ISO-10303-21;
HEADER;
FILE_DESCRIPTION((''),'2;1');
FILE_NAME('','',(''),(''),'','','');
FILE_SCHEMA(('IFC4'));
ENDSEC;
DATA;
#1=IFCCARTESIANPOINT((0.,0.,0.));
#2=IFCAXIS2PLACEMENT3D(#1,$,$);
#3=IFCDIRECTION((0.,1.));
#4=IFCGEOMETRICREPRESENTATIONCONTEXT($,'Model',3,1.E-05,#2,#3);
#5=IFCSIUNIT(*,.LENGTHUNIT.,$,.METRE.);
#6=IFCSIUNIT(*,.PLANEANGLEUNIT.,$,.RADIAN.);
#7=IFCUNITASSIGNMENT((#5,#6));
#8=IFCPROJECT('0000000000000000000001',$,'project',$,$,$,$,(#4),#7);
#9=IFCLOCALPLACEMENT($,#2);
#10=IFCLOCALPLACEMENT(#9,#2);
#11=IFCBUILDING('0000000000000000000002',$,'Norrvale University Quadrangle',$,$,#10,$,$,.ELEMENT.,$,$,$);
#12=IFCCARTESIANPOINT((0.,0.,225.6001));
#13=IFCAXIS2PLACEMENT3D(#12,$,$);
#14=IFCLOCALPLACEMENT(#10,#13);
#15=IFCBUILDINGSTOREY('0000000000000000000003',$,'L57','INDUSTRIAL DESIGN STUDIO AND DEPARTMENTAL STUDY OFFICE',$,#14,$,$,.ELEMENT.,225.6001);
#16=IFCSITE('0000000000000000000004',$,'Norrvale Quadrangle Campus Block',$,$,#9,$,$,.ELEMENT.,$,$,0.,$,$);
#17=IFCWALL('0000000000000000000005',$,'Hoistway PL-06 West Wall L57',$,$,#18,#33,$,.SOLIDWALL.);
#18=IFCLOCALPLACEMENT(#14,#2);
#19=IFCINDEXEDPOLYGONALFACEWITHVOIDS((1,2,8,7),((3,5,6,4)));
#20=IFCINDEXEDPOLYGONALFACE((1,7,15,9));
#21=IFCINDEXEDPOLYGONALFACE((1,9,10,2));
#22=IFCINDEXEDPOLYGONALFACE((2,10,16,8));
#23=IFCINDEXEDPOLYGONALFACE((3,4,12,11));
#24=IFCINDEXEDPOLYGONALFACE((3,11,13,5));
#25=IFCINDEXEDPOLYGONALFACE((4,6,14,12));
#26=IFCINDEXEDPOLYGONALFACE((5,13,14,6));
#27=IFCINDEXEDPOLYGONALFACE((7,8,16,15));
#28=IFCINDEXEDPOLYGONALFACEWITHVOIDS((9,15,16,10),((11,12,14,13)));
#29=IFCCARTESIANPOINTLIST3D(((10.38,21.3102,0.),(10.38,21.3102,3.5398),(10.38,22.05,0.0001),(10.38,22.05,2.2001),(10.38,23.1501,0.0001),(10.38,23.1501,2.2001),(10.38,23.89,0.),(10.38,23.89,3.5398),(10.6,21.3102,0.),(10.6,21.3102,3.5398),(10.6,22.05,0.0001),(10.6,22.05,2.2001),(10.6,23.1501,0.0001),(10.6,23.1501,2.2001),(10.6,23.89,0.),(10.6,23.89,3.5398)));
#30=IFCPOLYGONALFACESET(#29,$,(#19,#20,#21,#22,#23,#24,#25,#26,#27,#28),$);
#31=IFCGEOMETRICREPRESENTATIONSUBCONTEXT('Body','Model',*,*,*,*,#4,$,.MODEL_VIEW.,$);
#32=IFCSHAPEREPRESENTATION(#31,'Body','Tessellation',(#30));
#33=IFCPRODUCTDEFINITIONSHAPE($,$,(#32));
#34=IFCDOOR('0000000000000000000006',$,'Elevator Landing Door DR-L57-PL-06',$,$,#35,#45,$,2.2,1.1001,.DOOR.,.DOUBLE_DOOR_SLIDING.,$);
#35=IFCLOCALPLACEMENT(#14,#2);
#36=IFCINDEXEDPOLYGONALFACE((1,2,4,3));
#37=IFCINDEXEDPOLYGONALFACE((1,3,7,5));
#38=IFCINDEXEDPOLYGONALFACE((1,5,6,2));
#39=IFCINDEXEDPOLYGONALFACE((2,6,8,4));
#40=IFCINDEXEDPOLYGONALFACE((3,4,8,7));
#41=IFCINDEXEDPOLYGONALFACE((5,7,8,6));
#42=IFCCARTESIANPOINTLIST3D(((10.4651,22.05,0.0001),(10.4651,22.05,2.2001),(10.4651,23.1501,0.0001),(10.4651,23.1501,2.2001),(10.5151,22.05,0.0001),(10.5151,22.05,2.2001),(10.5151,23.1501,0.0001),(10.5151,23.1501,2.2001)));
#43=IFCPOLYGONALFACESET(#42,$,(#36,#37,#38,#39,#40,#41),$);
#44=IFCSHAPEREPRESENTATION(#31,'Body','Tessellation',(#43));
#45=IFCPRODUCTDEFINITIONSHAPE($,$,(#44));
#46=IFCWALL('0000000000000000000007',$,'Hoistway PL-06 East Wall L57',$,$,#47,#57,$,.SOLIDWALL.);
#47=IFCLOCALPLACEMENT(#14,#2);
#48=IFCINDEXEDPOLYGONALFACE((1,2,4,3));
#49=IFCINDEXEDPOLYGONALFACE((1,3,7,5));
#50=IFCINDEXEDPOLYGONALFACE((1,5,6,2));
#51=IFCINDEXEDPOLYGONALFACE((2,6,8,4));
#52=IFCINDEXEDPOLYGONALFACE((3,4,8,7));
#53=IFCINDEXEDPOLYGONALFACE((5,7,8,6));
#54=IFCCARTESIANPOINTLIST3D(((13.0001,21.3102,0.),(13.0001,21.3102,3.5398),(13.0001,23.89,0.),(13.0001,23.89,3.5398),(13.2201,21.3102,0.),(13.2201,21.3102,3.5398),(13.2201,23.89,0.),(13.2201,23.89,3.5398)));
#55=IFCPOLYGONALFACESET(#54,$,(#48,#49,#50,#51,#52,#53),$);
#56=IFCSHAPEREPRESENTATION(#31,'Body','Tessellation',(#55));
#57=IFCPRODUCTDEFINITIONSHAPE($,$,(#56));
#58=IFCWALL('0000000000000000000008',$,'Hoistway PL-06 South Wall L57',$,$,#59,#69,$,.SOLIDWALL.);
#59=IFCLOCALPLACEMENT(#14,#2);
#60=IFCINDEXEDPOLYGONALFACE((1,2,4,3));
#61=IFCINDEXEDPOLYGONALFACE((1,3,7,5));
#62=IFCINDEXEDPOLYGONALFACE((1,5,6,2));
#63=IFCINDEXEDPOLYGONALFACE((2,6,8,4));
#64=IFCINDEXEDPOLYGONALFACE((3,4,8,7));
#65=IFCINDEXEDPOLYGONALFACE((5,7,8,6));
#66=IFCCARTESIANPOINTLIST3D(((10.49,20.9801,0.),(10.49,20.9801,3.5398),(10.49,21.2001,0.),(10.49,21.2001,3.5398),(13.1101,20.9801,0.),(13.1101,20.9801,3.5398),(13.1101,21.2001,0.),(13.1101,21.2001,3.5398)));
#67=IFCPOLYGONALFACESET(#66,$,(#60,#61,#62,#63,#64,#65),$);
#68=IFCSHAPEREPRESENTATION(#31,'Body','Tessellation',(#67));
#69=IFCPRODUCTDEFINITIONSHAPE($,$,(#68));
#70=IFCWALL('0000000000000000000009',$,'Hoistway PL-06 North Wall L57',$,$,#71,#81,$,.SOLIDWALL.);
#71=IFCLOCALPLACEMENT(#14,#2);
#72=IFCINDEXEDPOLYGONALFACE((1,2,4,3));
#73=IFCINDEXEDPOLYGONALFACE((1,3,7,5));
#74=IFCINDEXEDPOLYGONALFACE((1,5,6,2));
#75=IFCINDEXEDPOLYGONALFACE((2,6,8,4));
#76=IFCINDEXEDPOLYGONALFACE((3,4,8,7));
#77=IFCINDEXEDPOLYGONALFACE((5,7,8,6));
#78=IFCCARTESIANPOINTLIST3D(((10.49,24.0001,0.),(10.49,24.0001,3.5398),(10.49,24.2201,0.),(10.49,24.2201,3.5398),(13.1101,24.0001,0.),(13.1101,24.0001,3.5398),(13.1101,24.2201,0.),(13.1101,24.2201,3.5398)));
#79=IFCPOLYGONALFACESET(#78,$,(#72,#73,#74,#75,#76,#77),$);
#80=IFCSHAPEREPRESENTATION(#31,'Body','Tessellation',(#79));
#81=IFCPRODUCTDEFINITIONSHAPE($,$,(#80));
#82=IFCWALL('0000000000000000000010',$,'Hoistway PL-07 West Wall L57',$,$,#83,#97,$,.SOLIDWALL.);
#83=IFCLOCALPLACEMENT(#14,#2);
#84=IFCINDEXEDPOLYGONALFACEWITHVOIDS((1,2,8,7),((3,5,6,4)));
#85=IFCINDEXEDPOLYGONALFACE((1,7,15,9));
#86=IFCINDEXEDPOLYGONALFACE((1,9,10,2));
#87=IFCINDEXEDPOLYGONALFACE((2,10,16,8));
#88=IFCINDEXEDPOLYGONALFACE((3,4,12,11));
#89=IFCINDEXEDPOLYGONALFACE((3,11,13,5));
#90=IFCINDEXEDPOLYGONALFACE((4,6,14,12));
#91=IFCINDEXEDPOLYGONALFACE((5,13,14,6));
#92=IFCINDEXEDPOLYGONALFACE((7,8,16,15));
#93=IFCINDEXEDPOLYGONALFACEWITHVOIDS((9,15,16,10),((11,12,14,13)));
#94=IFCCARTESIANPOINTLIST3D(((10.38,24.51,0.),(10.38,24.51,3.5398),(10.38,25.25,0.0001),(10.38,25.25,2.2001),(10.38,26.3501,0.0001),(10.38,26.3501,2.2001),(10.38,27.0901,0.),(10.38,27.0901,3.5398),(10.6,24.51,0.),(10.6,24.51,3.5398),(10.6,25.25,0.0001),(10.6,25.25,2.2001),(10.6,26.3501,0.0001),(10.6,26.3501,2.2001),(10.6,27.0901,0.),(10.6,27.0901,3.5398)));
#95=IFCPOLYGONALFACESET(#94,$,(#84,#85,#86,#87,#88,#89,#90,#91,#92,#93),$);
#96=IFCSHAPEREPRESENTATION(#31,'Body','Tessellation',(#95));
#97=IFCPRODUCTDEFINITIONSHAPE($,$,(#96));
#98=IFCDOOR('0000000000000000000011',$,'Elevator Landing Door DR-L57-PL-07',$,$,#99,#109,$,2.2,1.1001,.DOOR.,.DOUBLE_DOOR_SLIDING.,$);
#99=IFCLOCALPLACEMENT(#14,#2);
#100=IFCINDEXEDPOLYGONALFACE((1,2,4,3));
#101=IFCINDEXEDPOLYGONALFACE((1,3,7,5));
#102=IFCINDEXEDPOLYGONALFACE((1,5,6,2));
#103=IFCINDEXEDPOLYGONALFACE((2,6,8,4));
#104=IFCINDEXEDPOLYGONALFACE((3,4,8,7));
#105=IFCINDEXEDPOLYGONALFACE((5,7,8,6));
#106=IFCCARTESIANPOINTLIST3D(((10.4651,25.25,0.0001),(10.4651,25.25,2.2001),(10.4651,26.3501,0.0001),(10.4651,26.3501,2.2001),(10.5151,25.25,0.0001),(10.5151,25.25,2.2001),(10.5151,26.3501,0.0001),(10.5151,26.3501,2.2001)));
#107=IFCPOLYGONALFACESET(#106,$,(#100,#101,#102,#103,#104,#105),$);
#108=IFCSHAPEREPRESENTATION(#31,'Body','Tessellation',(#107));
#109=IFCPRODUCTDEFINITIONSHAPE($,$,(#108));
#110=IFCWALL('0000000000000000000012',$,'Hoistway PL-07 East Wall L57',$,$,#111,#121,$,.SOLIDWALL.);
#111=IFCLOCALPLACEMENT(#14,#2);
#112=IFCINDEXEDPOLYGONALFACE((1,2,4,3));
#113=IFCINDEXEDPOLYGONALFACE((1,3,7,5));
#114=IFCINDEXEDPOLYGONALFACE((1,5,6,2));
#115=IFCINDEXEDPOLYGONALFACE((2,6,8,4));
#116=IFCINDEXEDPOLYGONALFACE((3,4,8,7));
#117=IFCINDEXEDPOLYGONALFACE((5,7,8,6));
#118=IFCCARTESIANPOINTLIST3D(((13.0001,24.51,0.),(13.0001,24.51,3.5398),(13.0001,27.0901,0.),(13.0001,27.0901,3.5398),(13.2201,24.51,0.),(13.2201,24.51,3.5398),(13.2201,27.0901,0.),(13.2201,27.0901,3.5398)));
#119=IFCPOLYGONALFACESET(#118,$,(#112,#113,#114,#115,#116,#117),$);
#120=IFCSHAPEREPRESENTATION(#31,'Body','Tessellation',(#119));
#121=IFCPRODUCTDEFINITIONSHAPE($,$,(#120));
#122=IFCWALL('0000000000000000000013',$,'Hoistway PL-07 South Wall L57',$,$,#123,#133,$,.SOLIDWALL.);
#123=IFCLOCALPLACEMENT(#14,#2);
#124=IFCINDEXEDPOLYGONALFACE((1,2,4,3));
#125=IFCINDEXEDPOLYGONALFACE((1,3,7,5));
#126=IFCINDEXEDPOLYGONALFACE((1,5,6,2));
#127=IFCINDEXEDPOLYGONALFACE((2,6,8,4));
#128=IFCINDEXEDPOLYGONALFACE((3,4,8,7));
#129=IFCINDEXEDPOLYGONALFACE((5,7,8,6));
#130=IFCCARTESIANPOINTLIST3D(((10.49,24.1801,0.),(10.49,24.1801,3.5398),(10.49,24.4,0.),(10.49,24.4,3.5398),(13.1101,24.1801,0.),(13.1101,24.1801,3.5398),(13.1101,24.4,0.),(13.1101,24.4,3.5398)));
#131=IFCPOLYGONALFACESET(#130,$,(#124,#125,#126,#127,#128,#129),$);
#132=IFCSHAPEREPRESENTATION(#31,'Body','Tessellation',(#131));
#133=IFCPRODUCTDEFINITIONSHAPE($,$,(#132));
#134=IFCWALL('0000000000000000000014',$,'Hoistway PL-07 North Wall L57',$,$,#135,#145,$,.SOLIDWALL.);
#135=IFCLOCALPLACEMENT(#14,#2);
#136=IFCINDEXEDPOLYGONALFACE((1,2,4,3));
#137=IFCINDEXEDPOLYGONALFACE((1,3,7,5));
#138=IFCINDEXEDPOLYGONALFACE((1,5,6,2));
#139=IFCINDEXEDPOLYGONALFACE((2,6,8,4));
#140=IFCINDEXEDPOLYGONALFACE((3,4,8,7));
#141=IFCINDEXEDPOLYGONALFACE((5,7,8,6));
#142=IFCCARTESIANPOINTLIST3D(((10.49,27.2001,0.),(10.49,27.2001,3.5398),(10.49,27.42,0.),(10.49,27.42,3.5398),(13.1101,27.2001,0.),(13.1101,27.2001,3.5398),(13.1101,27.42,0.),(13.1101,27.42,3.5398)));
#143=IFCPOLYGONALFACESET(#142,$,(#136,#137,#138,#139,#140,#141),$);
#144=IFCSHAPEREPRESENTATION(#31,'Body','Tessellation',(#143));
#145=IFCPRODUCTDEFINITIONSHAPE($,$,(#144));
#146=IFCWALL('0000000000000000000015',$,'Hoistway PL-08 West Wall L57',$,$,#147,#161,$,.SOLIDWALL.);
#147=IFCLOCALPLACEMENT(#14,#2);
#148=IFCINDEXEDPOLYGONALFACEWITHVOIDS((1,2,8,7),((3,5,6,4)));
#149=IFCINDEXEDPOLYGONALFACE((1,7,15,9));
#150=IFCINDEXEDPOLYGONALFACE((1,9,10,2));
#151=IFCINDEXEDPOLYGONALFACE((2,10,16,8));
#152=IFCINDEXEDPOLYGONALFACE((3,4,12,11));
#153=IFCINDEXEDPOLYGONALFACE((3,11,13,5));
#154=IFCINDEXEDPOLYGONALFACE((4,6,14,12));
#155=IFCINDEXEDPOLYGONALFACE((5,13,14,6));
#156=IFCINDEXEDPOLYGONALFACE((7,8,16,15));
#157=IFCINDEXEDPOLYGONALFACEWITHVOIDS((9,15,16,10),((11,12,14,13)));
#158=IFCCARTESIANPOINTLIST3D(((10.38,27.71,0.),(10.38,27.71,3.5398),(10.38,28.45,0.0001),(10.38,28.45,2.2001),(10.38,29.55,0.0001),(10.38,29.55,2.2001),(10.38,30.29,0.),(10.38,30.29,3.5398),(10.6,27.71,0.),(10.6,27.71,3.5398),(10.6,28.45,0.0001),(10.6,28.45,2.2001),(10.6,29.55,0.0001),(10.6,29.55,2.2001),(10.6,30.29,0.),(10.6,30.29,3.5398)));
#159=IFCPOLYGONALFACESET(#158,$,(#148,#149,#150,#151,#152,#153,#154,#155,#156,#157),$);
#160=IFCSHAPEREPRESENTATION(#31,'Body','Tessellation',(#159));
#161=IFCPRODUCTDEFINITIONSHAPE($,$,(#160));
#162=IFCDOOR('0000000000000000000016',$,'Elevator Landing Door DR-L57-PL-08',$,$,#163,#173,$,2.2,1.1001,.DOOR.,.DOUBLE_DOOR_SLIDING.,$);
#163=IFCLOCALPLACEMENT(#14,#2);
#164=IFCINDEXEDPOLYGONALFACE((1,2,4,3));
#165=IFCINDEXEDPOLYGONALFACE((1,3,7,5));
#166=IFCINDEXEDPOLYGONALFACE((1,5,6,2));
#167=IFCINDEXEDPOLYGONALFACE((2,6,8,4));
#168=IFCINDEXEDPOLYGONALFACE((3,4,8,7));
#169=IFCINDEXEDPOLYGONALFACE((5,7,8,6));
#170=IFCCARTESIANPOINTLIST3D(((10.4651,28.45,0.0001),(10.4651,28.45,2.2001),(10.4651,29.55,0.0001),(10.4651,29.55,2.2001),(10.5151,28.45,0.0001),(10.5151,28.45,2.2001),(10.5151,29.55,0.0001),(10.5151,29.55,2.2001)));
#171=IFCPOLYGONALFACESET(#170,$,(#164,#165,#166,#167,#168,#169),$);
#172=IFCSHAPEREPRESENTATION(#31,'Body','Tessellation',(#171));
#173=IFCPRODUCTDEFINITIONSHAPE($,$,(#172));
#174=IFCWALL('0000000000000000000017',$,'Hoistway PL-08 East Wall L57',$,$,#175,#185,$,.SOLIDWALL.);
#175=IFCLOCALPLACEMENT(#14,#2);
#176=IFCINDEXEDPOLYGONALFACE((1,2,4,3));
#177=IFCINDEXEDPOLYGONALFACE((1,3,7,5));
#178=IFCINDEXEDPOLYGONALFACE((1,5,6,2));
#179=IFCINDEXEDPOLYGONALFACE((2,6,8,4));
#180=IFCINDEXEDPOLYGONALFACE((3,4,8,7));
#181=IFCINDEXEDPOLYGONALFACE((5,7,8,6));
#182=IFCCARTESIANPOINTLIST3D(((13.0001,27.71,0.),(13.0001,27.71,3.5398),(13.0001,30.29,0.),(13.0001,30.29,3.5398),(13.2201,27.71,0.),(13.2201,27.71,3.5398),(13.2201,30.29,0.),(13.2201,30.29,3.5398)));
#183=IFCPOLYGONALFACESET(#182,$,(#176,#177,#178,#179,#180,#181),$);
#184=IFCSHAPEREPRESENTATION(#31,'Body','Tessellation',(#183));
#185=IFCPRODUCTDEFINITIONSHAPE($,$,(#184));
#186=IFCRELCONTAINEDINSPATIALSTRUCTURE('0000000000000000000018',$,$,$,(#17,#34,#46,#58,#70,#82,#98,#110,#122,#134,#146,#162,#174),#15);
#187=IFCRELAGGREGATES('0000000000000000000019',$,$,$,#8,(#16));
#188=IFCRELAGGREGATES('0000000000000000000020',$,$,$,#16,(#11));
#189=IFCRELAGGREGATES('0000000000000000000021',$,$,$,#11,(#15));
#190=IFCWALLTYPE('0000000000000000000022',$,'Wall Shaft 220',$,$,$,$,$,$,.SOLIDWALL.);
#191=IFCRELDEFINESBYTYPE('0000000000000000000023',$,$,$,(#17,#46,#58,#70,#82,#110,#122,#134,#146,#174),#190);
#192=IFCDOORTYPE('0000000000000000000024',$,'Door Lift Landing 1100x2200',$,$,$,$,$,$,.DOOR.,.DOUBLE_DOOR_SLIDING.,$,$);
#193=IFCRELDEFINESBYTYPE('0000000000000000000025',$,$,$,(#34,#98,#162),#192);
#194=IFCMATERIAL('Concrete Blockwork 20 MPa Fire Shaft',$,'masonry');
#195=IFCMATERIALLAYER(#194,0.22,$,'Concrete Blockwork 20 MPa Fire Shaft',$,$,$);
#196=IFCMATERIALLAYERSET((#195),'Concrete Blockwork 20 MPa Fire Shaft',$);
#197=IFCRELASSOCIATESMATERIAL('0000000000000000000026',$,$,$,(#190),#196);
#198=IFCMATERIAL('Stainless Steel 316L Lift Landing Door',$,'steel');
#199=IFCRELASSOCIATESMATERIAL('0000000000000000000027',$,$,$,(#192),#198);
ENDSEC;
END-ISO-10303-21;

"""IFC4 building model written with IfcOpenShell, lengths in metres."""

from ifc_helpers import new_model, si_unit, direction, frame, frame_2d, origin, place, context, subcontext, project, spatial, rectangle, extrude, material, layer, layer_set, type_object, element, fill, save


model = new_model("IFC4")

# Units and contexts
model_context = context("Model", 3, precision=1e-05, world=origin(), true_north=direction((0.0, 1.0)))
body_context = subcontext(model_context, "Body", "Model", "MODEL_VIEW")
ifc_project = project(units=[si_unit("LENGTHUNIT", "METRE"), si_unit("PLANEANGLEUNIT", "RADIAN")], contexts=[model_context])

# Site, building, storey
site_placement = place(None, origin())
site = spatial("IfcSite", under=ifc_project, at=site_placement, Name="Norrvale Quadrangle Campus Block", CompositionType="ELEMENT", RefElevation=0.0)
building_placement = place(site_placement, origin())
building = spatial("IfcBuilding", under=site, at=building_placement, Name="Norrvale University Quadrangle", CompositionType="ELEMENT")
storey_placement = place(building_placement, frame((0.0, 0.0, 225.6001)))
storey = spatial("IfcBuildingStorey", under=building, at=storey_placement, Name="L57", Description="INDUSTRIAL DESIGN STUDIO AND DEPARTMENTAL STUDY OFFICE", CompositionType="ELEMENT", Elevation=225.6001)

# Wall, opening, door
ifc_material_1 = material(Name="Concrete Blockwork 20 MPa Fire Shaft", Category="masonry")
ifc_layer_1 = layer(ifc_material_1, 0.22, Name="Concrete Blockwork 20 MPa Fire Shaft")
ifc_layer_set_1 = layer_set([ifc_layer_1], Name="Concrete Blockwork 20 MPa Fire Shaft")
wall_type_1 = type_object("IfcWallType", Name="Wall Shaft 220", PredefinedType="SOLIDWALL", material=ifc_layer_set_1)
wall_1_placement = place(storey_placement, frame((10.49, 21.3101, 0.0), z_axis=(0.0, 0.0, 1.0), x_axis=(0.0, 1.0, 0.0)))
wall_1 = element("IfcWall", 1, at=wall_1_placement, inside=storey, type_object=wall_type_1, Name="Hoistway PL-06 West Wall L57", PredefinedType="SOLIDWALL", context=body_context, shape_type="SweptSolid", body=[
    extrude(rectangle(XDim=2.5798, YDim=0.22, at=frame_2d((1.29, 0.0))), origin(), (0.0, 0.0, 1.0), 3.5398),
])
opening_1_placement = place(wall_1_placement, frame((0.74, 0.0, 0.0)))
opening_1 = element("IfcOpeningElement", 2, at=opening_1_placement, cuts=wall_1, PredefinedType="OPENING", context=body_context, shape_type="SweptSolid", body=[
    extrude(rectangle(XDim=1.1001, YDim=2.2, at=frame_2d((0.55, 1.1001))), frame((0.0, 0.1221, 0.0), z_axis=(0.0, -1.0, 0.0), x_axis=(1.0, 0.0, 0.0)), (0.0, 0.0, 1.0), 0.2439),
])
ifc_material_2 = material(Name="Stainless Steel 316L Lift Landing Door", Category="steel")
door_type_1 = type_object("IfcDoorType", Name="Door Lift Landing 1100x2200", OperationType="DOUBLE_DOOR_SLIDING", PredefinedType="DOOR", material=ifc_material_2)
door_1_placement = place(opening_1_placement, origin())
door_1 = element("IfcDoor", 3, at=door_1_placement, inside=storey, type_object=door_type_1, Name="Elevator Landing Door DR-L57-PL-06", OperationType="DOUBLE_DOOR_SLIDING", OverallHeight=2.2, OverallWidth=1.1001, PredefinedType="DOOR", context=body_context, shape_type="SweptSolid", body=[
    extrude(rectangle(XDim=1.1001, YDim=2.2, at=frame_2d((0.55, 1.1001))), frame((0.0, 0.0249, 0.0), z_axis=(0.0, -1.0, 0.0), x_axis=(1.0, 0.0, 0.0)), (0.0, 0.0, 1.0), 0.05),
])
fill(opening_1, door_1)

# Walls
wall_2_placement = place(storey_placement, frame((13.1101, 21.3101, 0.0), z_axis=(0.0, 0.0, 1.0), x_axis=(0.0, 1.0, 0.0)))
element("IfcWall", 4, at=wall_2_placement, inside=storey, type_object=wall_type_1, Name="Hoistway PL-06 East Wall L57", PredefinedType="SOLIDWALL", context=body_context, shape_type="SweptSolid", body=[
    extrude(rectangle(XDim=2.5798, YDim=0.22, at=frame_2d((1.29, 0.0))), origin(), (0.0, 0.0, 1.0), 3.5398),
])
for number, where, z_axis, x_axis, name in (
    (5, (10.49, 21.0901, 0.0), (0.0, 0.0, 1.0), (1.0, 0.0, 0.0), "Hoistway PL-06 South Wall L57"),
    (6, (10.49, 24.1101, 0.0), (0.0, 0.0, 1.0), (1.0, 0.0, 0.0), "Hoistway PL-06 North Wall L57"),
):
    element("IfcWall", number, at=place(storey_placement, frame(where, z_axis=z_axis, x_axis=x_axis)), inside=storey, type_object=wall_type_1, Name=name, PredefinedType="SOLIDWALL", context=body_context, shape_type="SweptSolid", body=[
        extrude(rectangle(XDim=2.6201, YDim=0.22, at=frame_2d((1.3101, 0.0))), origin(), (0.0, 0.0, 1.0), 3.5398),
    ])

# Wall, opening, door
wall_3_placement = place(storey_placement, frame((10.49, 24.51, 0.0), z_axis=(0.0, 0.0, 1.0), x_axis=(0.0, 1.0, 0.0)))
wall_3 = element("IfcWall", 7, at=wall_3_placement, inside=storey, type_object=wall_type_1, Name="Hoistway PL-07 West Wall L57", PredefinedType="SOLIDWALL", context=body_context, shape_type="SweptSolid", body=[
    extrude(rectangle(XDim=2.5801, YDim=0.22, at=frame_2d((1.29, 0.0))), origin(), (0.0, 0.0, 1.0), 3.5398),
])
opening_2_placement = place(wall_3_placement, frame((0.74, 0.0, 0.0)))
opening_2 = element("IfcOpeningElement", 8, at=opening_2_placement, cuts=wall_3, PredefinedType="OPENING", context=body_context, shape_type="SweptSolid", body=[
    extrude(rectangle(XDim=1.1001, YDim=2.2, at=frame_2d((0.55, 1.1001))), frame((0.0, 0.1221, 0.0), z_axis=(0.0, -1.0, 0.0), x_axis=(1.0, 0.0, 0.0)), (0.0, 0.0, 1.0), 0.2439),
])
door_2_placement = place(opening_2_placement, origin())
door_2 = element("IfcDoor", 9, at=door_2_placement, inside=storey, type_object=door_type_1, Name="Elevator Landing Door DR-L57-PL-07", OperationType="DOUBLE_DOOR_SLIDING", OverallHeight=2.2, OverallWidth=1.1001, PredefinedType="DOOR", context=body_context, shape_type="SweptSolid", body=[
    extrude(rectangle(XDim=1.1001, YDim=2.2, at=frame_2d((0.55, 1.1001))), frame((0.0, 0.0249, 0.0), z_axis=(0.0, -1.0, 0.0), x_axis=(1.0, 0.0, 0.0)), (0.0, 0.0, 1.0), 0.05),
])
fill(opening_2, door_2)

# Walls
wall_4_placement = place(storey_placement, frame((13.1101, 24.51, 0.0), z_axis=(0.0, 0.0, 1.0), x_axis=(0.0, 1.0, 0.0)))
element("IfcWall", 10, at=wall_4_placement, inside=storey, type_object=wall_type_1, Name="Hoistway PL-07 East Wall L57", PredefinedType="SOLIDWALL", context=body_context, shape_type="SweptSolid", body=[
    extrude(rectangle(XDim=2.5801, YDim=0.22, at=frame_2d((1.29, 0.0))), origin(), (0.0, 0.0, 1.0), 3.5398),
])
for number, where, z_axis, x_axis, name in (
    (11, (10.49, 24.29, 0.0), (0.0, 0.0, 1.0), (1.0, 0.0, 0.0), "Hoistway PL-07 South Wall L57"),
    (12, (10.49, 27.3101, 0.0), (0.0, 0.0, 1.0), (1.0, 0.0, 0.0), "Hoistway PL-07 North Wall L57"),
):
    element("IfcWall", number, at=place(storey_placement, frame(where, z_axis=z_axis, x_axis=x_axis)), inside=storey, type_object=wall_type_1, Name=name, PredefinedType="SOLIDWALL", context=body_context, shape_type="SweptSolid", body=[
        extrude(rectangle(XDim=2.6201, YDim=0.22, at=frame_2d((1.3101, 0.0))), origin(), (0.0, 0.0, 1.0), 3.5398),
    ])

# Wall, opening, door
wall_5_placement = place(storey_placement, frame((10.49, 27.71, 0.0), z_axis=(0.0, 0.0, 1.0), x_axis=(0.0, 1.0, 0.0)))
wall_5 = element("IfcWall", 13, at=wall_5_placement, inside=storey, type_object=wall_type_1, Name="Hoistway PL-08 West Wall L57", PredefinedType="SOLIDWALL", context=body_context, shape_type="SweptSolid", body=[
    extrude(rectangle(XDim=2.5801, YDim=0.22, at=frame_2d((1.29, 0.0))), origin(), (0.0, 0.0, 1.0), 3.5398),
])
opening_3_placement = place(wall_5_placement, frame((0.74, 0.0, 0.0)))
opening_3 = element("IfcOpeningElement", 14, at=opening_3_placement, cuts=wall_5, PredefinedType="OPENING", context=body_context, shape_type="SweptSolid", body=[
    extrude(rectangle(XDim=1.1001, YDim=2.2, at=frame_2d((0.55, 1.1001))), frame((0.0, 0.1221, 0.0), z_axis=(0.0, -1.0, 0.0), x_axis=(1.0, 0.0, 0.0)), (0.0, 0.0, 1.0), 0.2439),
])
door_3_placement = place(opening_3_placement, origin())
door_3 = element("IfcDoor", 15, at=door_3_placement, inside=storey, type_object=door_type_1, Name="Elevator Landing Door DR-L57-PL-08", OperationType="DOUBLE_DOOR_SLIDING", OverallHeight=2.2, OverallWidth=1.1001, PredefinedType="DOOR", context=body_context, shape_type="SweptSolid", body=[
    extrude(rectangle(XDim=1.1001, YDim=2.2, at=frame_2d((0.55, 1.1001))), frame((0.0, 0.0249, 0.0), z_axis=(0.0, -1.0, 0.0), x_axis=(1.0, 0.0, 0.0)), (0.0, 0.0, 1.0), 0.05),
])
fill(opening_3, door_3)

# Wall
wall_6_placement = place(storey_placement, frame((13.1101, 27.71, 0.0), z_axis=(0.0, 0.0, 1.0), x_axis=(0.0, 1.0, 0.0)))
element("IfcWall", 16, at=wall_6_placement, inside=storey, type_object=wall_type_1, Name="Hoistway PL-08 East Wall L57", PredefinedType="SOLIDWALL", context=body_context, shape_type="SweptSolid", body=[
    extrude(rectangle(XDim=2.5801, YDim=0.22, at=frame_2d((1.29, 0.0))), origin(), (0.0, 0.0, 1.0), 3.5398),
])

save(model, "model.ifc")
